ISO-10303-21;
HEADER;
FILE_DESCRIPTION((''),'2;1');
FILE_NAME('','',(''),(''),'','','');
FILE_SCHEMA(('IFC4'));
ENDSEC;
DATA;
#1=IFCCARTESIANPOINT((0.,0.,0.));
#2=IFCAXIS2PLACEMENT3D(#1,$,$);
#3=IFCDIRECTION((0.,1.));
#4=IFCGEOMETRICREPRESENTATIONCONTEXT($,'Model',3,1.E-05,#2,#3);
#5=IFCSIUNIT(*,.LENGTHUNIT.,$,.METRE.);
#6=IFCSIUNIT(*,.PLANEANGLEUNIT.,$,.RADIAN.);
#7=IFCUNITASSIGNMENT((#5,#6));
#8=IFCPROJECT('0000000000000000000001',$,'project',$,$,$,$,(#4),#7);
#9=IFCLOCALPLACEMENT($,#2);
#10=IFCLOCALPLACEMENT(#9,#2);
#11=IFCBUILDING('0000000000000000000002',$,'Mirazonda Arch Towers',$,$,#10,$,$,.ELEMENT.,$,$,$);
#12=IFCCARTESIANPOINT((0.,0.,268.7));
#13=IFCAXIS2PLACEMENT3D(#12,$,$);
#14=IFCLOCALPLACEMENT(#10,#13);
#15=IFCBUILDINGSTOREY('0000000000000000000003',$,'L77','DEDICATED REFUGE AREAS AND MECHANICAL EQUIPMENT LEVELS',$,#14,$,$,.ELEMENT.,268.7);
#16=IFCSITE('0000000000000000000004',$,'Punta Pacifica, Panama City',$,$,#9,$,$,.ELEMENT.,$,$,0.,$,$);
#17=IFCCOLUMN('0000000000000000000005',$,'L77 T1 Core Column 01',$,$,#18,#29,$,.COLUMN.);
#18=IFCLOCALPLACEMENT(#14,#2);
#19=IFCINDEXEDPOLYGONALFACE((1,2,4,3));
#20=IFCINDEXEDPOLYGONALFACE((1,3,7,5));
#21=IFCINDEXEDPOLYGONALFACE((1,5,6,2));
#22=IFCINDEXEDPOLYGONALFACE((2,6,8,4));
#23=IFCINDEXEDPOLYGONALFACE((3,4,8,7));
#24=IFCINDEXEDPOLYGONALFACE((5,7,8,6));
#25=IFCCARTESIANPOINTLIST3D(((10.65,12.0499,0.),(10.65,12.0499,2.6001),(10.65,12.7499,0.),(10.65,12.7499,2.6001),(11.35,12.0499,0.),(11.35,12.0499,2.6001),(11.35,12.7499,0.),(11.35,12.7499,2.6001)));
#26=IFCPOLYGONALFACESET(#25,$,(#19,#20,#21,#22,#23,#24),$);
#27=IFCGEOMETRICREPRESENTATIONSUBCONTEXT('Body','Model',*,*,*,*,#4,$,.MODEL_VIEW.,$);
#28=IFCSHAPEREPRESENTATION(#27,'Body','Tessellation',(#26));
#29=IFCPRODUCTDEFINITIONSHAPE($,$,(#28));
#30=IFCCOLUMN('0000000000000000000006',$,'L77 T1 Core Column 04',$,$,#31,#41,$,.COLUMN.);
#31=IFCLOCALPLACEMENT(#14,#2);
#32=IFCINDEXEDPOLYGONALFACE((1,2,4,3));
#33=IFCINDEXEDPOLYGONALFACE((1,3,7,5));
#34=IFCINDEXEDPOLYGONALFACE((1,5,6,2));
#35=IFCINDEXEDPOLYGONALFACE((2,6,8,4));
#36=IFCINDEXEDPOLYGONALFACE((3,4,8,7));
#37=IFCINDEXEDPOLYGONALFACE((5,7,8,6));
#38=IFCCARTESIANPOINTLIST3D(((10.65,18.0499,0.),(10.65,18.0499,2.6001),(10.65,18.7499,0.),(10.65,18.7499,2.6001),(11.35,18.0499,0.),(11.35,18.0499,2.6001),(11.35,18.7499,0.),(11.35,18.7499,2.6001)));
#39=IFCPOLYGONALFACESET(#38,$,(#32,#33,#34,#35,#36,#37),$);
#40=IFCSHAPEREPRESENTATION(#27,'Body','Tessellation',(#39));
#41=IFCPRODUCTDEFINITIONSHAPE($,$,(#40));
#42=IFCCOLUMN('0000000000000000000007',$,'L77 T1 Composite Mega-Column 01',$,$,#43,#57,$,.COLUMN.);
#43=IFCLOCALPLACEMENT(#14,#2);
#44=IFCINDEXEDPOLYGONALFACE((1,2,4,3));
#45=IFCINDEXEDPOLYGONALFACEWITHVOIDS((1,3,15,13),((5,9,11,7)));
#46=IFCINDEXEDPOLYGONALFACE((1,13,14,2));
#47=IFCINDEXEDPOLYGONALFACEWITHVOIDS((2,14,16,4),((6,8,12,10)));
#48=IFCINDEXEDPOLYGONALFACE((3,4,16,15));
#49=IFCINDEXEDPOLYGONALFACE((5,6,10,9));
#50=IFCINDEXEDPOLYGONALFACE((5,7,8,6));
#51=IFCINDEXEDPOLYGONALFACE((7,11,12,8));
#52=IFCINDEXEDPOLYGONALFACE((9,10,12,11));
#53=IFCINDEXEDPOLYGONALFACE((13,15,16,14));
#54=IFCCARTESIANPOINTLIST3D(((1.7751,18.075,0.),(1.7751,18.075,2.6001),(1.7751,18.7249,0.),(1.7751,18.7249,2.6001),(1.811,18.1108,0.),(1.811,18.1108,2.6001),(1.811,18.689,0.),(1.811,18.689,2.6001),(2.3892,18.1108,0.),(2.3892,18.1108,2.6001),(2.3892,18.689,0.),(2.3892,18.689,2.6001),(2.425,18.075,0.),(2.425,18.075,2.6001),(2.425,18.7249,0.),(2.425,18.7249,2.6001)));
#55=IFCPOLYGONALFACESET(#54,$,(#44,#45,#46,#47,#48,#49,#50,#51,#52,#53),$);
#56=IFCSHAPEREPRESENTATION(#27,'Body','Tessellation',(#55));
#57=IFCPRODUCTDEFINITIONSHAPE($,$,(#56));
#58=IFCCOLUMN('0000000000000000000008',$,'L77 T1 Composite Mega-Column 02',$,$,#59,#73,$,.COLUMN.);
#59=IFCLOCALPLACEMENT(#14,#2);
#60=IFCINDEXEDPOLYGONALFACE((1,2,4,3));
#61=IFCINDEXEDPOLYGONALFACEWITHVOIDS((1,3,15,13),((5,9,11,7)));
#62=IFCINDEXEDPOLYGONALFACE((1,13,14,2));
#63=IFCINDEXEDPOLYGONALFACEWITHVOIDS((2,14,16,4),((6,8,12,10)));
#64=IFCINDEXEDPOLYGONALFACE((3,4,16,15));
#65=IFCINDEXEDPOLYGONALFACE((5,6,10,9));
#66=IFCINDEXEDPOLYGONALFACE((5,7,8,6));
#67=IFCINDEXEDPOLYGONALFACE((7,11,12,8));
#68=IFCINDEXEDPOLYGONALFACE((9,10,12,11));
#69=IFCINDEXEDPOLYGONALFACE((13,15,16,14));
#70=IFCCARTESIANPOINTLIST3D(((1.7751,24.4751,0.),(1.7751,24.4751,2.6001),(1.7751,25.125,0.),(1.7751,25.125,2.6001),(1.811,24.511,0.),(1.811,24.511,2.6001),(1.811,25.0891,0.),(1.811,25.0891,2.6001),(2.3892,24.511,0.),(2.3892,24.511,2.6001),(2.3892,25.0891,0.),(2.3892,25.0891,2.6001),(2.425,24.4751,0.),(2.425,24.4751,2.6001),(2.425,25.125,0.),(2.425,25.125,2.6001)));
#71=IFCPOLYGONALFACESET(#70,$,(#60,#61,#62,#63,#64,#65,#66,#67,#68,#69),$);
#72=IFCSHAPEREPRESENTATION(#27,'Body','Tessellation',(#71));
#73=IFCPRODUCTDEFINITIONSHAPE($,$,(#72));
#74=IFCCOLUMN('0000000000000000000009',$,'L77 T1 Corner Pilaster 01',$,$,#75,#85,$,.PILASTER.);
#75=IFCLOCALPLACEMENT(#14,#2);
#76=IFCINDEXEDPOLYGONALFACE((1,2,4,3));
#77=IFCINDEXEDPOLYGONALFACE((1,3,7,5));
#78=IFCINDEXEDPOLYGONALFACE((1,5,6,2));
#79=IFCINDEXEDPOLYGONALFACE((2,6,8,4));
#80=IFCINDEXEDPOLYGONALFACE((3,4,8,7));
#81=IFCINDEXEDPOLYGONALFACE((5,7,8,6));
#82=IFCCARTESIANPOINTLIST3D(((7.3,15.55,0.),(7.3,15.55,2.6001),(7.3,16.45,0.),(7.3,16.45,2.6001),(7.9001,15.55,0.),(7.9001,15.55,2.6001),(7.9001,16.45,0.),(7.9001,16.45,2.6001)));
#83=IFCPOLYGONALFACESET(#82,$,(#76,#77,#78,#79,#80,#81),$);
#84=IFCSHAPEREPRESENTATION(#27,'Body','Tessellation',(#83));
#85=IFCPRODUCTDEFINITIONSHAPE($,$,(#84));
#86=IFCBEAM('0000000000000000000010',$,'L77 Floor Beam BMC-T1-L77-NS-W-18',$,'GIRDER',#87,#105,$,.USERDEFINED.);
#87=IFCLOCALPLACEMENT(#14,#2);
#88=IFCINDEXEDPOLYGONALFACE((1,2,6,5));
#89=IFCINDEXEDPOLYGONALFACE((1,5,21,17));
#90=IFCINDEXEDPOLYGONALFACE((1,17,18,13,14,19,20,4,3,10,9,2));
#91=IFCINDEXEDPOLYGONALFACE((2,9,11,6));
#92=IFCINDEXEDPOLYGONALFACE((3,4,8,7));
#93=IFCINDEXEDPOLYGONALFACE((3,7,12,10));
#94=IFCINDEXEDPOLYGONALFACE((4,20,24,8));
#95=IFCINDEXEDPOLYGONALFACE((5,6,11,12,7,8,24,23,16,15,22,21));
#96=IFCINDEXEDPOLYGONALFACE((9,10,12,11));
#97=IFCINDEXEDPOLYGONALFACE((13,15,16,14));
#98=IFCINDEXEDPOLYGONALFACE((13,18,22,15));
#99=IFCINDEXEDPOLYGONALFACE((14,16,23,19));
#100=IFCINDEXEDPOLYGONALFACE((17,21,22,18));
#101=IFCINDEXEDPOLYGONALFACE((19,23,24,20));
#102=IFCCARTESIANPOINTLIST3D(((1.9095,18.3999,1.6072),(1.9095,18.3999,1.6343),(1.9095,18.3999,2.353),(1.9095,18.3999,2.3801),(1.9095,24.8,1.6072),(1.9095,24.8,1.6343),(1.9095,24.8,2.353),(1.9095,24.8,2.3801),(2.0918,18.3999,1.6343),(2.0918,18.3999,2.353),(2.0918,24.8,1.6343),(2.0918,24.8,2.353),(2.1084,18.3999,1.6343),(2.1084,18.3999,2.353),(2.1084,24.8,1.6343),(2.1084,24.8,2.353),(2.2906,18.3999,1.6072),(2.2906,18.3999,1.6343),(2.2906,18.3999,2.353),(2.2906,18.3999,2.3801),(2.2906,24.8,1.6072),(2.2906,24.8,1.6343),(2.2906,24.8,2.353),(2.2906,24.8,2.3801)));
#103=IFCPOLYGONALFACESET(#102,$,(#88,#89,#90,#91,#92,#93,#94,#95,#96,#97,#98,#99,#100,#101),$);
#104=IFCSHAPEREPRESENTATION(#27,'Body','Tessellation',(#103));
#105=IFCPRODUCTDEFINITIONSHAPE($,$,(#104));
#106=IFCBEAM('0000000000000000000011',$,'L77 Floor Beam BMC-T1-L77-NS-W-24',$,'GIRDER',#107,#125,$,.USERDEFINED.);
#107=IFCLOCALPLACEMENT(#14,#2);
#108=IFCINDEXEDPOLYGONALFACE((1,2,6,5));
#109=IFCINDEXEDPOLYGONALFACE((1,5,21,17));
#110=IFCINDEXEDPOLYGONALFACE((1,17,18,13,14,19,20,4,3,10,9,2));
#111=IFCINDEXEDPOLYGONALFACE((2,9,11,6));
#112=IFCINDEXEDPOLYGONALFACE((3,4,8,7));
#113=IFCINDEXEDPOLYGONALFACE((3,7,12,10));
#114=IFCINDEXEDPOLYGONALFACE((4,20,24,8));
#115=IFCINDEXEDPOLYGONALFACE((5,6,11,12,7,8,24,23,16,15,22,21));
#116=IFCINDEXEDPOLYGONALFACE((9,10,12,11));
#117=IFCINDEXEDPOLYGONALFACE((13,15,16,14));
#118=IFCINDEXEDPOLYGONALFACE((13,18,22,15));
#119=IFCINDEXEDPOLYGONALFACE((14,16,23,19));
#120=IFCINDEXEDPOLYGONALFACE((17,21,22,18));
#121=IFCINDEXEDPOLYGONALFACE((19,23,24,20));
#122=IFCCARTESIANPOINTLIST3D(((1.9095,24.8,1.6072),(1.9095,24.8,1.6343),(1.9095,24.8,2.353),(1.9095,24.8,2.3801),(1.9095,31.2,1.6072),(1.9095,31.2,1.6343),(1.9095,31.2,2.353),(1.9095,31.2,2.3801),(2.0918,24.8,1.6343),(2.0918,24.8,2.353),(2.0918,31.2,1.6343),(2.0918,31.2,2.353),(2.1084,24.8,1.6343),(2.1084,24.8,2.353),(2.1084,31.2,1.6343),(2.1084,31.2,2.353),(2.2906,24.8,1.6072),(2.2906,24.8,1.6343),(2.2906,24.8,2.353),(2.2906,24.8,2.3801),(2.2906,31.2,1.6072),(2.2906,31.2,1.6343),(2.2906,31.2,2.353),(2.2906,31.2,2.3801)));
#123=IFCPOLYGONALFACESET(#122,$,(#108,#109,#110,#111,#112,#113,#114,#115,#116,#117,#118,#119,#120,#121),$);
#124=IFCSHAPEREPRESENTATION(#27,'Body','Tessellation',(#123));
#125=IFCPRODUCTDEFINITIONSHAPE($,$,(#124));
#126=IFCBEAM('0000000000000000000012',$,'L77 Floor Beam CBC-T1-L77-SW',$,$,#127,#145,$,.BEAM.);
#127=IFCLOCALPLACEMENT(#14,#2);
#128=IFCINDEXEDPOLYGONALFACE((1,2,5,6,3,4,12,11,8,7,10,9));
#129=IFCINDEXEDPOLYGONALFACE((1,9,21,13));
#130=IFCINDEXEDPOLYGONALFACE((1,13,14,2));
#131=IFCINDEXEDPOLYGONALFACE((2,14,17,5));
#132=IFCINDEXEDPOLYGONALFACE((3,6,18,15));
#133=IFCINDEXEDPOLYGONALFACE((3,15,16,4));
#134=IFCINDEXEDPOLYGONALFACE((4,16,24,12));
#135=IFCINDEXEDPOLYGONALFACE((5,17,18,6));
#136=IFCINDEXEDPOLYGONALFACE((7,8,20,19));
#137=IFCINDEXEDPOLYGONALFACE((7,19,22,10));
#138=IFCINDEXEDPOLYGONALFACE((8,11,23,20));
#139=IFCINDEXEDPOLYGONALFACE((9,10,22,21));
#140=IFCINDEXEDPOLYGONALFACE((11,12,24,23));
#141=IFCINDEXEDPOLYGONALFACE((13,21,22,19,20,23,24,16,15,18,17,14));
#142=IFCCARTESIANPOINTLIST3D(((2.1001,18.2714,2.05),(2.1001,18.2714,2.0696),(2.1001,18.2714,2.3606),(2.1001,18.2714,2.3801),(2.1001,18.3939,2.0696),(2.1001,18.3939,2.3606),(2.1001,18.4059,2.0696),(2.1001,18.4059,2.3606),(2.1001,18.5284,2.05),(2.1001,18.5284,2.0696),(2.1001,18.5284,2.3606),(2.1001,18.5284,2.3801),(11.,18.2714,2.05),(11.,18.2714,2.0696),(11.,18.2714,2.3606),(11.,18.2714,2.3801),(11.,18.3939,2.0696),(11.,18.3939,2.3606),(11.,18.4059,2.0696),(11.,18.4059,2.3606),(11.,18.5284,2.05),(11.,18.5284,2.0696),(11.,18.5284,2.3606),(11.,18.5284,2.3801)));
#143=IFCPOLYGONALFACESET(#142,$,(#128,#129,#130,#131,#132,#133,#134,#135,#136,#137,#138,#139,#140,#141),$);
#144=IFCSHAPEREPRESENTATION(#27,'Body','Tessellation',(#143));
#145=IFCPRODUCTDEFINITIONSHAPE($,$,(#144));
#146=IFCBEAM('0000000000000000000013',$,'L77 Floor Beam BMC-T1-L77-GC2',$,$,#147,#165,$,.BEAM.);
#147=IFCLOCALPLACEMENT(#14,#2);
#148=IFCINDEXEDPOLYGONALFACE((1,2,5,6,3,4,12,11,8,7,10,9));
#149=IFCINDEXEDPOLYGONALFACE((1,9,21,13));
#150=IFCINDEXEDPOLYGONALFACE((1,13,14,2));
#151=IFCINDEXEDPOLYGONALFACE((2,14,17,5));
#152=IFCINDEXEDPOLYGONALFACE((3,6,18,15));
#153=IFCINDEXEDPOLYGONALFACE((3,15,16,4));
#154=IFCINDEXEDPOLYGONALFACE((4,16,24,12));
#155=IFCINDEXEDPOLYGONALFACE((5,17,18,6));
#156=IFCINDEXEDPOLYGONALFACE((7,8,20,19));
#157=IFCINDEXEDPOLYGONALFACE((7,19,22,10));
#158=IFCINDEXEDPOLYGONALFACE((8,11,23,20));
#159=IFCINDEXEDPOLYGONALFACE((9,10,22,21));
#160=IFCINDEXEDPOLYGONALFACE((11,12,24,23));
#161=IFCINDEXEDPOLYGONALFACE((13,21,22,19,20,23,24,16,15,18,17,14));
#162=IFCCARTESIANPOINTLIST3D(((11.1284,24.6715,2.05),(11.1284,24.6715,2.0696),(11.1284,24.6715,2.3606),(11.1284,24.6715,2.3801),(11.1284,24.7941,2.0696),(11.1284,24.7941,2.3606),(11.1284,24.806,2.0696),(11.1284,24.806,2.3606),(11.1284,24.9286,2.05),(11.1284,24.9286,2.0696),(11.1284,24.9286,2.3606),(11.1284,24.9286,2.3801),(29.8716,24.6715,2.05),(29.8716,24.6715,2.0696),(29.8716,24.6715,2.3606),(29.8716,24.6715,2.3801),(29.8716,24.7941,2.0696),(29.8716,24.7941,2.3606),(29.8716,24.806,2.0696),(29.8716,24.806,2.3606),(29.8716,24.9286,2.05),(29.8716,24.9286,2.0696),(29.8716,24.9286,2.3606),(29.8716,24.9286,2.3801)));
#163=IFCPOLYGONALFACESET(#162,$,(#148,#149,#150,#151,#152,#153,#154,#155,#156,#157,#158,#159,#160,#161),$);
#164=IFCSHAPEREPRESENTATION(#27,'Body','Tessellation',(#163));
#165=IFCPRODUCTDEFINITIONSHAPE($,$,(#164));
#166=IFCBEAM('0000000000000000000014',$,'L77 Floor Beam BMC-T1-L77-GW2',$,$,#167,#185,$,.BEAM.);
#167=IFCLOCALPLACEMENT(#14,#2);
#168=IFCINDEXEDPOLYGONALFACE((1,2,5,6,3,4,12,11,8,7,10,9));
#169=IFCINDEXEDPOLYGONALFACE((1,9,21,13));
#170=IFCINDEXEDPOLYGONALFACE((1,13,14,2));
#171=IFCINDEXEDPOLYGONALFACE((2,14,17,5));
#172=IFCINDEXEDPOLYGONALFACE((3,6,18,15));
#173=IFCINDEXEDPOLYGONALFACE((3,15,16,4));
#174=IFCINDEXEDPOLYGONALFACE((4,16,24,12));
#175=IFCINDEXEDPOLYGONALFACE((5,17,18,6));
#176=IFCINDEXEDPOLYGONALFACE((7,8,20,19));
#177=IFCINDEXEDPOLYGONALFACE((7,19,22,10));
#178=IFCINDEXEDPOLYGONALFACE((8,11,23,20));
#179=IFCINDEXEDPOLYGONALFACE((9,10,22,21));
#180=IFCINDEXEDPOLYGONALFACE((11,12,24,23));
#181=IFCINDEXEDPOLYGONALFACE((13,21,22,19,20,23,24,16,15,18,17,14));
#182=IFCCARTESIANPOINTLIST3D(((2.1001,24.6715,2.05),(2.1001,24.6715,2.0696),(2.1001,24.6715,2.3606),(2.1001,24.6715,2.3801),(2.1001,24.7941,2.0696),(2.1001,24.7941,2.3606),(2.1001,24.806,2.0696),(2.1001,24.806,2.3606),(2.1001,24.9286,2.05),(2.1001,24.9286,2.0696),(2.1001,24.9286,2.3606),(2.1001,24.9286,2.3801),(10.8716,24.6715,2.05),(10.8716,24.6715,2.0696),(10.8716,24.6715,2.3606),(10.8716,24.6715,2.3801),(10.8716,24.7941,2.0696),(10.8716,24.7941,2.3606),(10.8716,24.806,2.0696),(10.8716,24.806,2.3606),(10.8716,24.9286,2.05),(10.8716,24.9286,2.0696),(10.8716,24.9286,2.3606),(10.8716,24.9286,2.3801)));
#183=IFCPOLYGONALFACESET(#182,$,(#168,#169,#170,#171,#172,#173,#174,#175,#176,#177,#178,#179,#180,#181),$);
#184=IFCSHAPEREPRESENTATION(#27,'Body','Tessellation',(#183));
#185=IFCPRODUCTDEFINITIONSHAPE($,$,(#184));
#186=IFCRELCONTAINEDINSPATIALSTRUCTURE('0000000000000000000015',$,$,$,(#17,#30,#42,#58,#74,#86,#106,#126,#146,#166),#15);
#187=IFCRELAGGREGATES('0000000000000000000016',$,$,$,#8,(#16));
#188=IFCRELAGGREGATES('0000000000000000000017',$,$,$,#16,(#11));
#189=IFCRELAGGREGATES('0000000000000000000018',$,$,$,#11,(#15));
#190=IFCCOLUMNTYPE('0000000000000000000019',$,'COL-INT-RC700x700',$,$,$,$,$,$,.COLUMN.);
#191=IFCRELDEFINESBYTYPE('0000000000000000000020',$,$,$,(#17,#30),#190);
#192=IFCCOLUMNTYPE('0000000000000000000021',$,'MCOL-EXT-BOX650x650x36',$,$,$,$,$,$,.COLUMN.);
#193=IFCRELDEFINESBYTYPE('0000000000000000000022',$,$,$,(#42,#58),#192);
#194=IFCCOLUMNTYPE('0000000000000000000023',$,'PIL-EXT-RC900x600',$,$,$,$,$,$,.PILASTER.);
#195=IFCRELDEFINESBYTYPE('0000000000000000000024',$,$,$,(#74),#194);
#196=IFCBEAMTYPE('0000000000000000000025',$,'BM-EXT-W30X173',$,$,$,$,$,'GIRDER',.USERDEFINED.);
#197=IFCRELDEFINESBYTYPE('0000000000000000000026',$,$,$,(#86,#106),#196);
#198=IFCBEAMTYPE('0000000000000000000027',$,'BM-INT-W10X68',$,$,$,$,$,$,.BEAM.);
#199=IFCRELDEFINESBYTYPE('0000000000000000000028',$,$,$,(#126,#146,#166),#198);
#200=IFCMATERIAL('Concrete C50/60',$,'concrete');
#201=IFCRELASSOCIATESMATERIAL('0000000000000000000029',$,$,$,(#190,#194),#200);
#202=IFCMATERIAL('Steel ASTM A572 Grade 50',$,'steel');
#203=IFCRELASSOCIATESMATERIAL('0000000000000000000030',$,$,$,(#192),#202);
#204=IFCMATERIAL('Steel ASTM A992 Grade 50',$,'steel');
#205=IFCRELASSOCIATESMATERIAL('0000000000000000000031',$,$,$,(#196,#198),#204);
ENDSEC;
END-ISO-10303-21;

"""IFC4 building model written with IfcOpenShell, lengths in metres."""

from ifc_helpers import new_model, si_unit, direction, frame, origin, origin_2d, place, context, subcontext, project, spatial, rectangle, hollow_rectangle, i_section, extrude, material, material_profile, profile_set, type_object, element, save


model = new_model("IFC4")

# Units and contexts
model_context = context("Model", 3, precision=1e-05, world=origin(), true_north=direction((0.0, 1.0)))
body_context = subcontext(model_context, "Body", "Model", "MODEL_VIEW")
ifc_project = project(units=[si_unit("LENGTHUNIT", "METRE"), si_unit("PLANEANGLEUNIT", "RADIAN")], contexts=[model_context])

# Site, building, storey
site_placement = place(None, origin())
site = spatial("IfcSite", under=ifc_project, at=site_placement, Name="Punta Pacifica, Panama City", CompositionType="ELEMENT", RefElevation=0.0)
building_placement = place(site_placement, origin())
building = spatial("IfcBuilding", under=site, at=building_placement, Name="Mirazonda Arch Towers", CompositionType="ELEMENT")
storey_placement = place(building_placement, frame((0.0, 0.0, 268.7)))
storey = spatial("IfcBuildingStorey", under=building, at=storey_placement, Name="L77", Description="DEDICATED REFUGE AREAS AND MECHANICAL EQUIPMENT LEVELS", CompositionType="ELEMENT", Elevation=268.7)

# Columns
ifc_material_1 = material(Name="Concrete C50/60", Category="concrete")
ifc_material_profile_1 = material_profile(ifc_material_1, rectangle(XDim=0.7, YDim=0.7, at=origin_2d()), Name="RC700x700")
ifc_profile_set_1 = profile_set([ifc_material_profile_1], Name="Concrete C50/60")
column_type_1 = type_object("IfcColumnType", Name="COL-INT-RC700x700", PredefinedType="COLUMN", material=ifc_profile_set_1)
for number, where, z_axis, x_axis, name in (
    (1, (11.0, 12.3999, 0.0), (0.0, 0.0, 1.0), (1.0, 0.0, 0.0), "L77 T1 Core Column 01"),
    (2, (11.0, 18.3999, 0.0), (0.0, 0.0, 1.0), (1.0, 0.0, 0.0), "L77 T1 Core Column 04"),
):
    element("IfcColumn", number, at=place(storey_placement, frame(where, z_axis=z_axis, x_axis=x_axis)), inside=storey, type_object=column_type_1, Name=name, PredefinedType="COLUMN", context=body_context, shape_type="SweptSolid", body=[
        extrude(rectangle(XDim=0.7, YDim=0.7, at=origin_2d()), origin(), (0.0, 0.0, 1.0), 2.6001),
    ])
ifc_material_2 = material(Name="Steel ASTM A572 Grade 50", Category="steel")
ifc_material_profile_2 = material_profile(ifc_material_2, hollow_rectangle(XDim=0.6499, YDim=0.6499, WallThickness=0.0359, at=origin_2d()), Name="BOX650x650x36")
ifc_profile_set_2 = profile_set([ifc_material_profile_2], Name="Steel ASTM A572 Grade 50")
column_type_2 = type_object("IfcColumnType", Name="MCOL-EXT-BOX650x650x36", PredefinedType="COLUMN", material=ifc_profile_set_2)
for number, where, z_axis, x_axis, name in (
    (3, (2.1001, 18.3999, 0.0), (0.0, 0.0, 1.0), (1.0, 0.0, 0.0), "L77 T1 Composite Mega-Column 01"),
    (4, (2.1001, 24.8, 0.0), (0.0, 0.0, 1.0), (1.0, 0.0, 0.0), "L77 T1 Composite Mega-Column 02"),
):
    element("IfcColumn", number, at=place(storey_placement, frame(where, z_axis=z_axis, x_axis=x_axis)), inside=storey, type_object=column_type_2, Name=name, PredefinedType="COLUMN", context=body_context, shape_type="SweptSolid", body=[
        extrude(hollow_rectangle(XDim=0.6499, YDim=0.6499, WallThickness=0.0359, at=origin_2d()), origin(), (0.0, 0.0, 1.0), 2.6001),
    ])
ifc_material_profile_3 = material_profile(ifc_material_1, rectangle(XDim=0.6001, YDim=0.8999, at=origin_2d()), Name="RC900x600")
ifc_profile_set_3 = profile_set([ifc_material_profile_3], Name="Concrete C50/60")
column_type_3 = type_object("IfcColumnType", Name="PIL-EXT-RC900x600", PredefinedType="PILASTER", material=ifc_profile_set_3)
column_placement = place(storey_placement, frame((7.6001, 16.0, 0.0), z_axis=(0.0, 0.0, 1.0), x_axis=(1.0, 0.0, 0.0)))
element("IfcColumn", 5, at=column_placement, inside=storey, type_object=column_type_3, Name="L77 T1 Corner Pilaster 01", PredefinedType="PILASTER", context=body_context, shape_type="SweptSolid", body=[
    extrude(rectangle(XDim=0.6001, YDim=0.8999, at=origin_2d()), origin(), (0.0, 0.0, 1.0), 2.6001),
])

# Beams
ifc_material_3 = material(Name="Steel ASTM A992 Grade 50", Category="steel")
ifc_material_profile_4 = material_profile(ifc_material_3, i_section(OverallWidth=0.3811, OverallDepth=0.7729, WebThickness=0.0166, FlangeThickness=0.0271, at=origin_2d()), Name="W30X173")
ifc_profile_set_4 = profile_set([ifc_material_profile_4], Name="Steel ASTM A992 Grade 50")
beam_type_1 = type_object("IfcBeamType", Name="BM-EXT-W30X173", ElementType="GIRDER", PredefinedType="USERDEFINED", material=ifc_profile_set_4)
beam_1_placement = place(storey_placement, frame((2.1001, 18.3999, 1.9937), z_axis=(0.0, 1.0, 0.0), x_axis=(-1.0, 0.0, 0.0)))
element("IfcBeam", 6, at=beam_1_placement, inside=storey, type_object=beam_type_1, Name="L77 Floor Beam BMC-T1-L77-NS-W-18", ObjectType="GIRDER", PredefinedType="USERDEFINED", context=body_context, shape_type="SweptSolid", body=[
    extrude(i_section(OverallWidth=0.3811, OverallDepth=0.7729, WebThickness=0.0166, FlangeThickness=0.0271, at=origin_2d()), origin(), (0.0, 0.0, 1.0), 6.4001),
])
beam_2_placement = place(storey_placement, frame((2.1001, 24.8, 1.9937), z_axis=(0.0, 1.0, 0.0), x_axis=(-1.0, 0.0, 0.0)))
element("IfcBeam", 7, at=beam_2_placement, inside=storey, type_object=beam_type_1, Name="L77 Floor Beam BMC-T1-L77-NS-W-24", ObjectType="GIRDER", PredefinedType="USERDEFINED", context=body_context, shape_type="SweptSolid", body=[
    extrude(i_section(OverallWidth=0.3811, OverallDepth=0.7729, WebThickness=0.0166, FlangeThickness=0.0271, at=origin_2d()), origin(), (0.0, 0.0, 1.0), 6.3999),
])
ifc_material_profile_5 = material_profile(ifc_material_3, i_section(OverallWidth=0.2571, OverallDepth=0.3301, WebThickness=0.012, FlangeThickness=0.0195, at=origin_2d()), Name="W10X68")
ifc_profile_set_5 = profile_set([ifc_material_profile_5], Name="Steel ASTM A992 Grade 50")
beam_type_2 = type_object("IfcBeamType", Name="BM-INT-W10X68", PredefinedType="BEAM", material=ifc_profile_set_5)
beam_3_placement = place(storey_placement, frame((2.1001, 18.3999, 2.2151), z_axis=(1.0, 0.0, 0.0), x_axis=(0.0, 1.0, 0.0)))
element("IfcBeam", 8, at=beam_3_placement, inside=storey, type_object=beam_type_2, Name="L77 Floor Beam CBC-T1-L77-SW", PredefinedType="BEAM", context=body_context, shape_type="SweptSolid", body=[
    extrude(i_section(OverallWidth=0.2571, OverallDepth=0.3301, WebThickness=0.012, FlangeThickness=0.0195, at=origin_2d()), origin(), (0.0, 0.0, 1.0), 8.8999),
])
beam_4_placement = place(storey_placement, frame((11.1284, 24.8, 2.2151), z_axis=(1.0, 0.0, 0.0), x_axis=(0.0, 1.0, 0.0)))
element("IfcBeam", 9, at=beam_4_placement, inside=storey, type_object=beam_type_2, Name="L77 Floor Beam BMC-T1-L77-GC2", PredefinedType="BEAM", context=body_context, shape_type="SweptSolid", body=[
    extrude(i_section(OverallWidth=0.2571, OverallDepth=0.3301, WebThickness=0.012, FlangeThickness=0.0195, at=origin_2d()), origin(), (0.0, 0.0, 1.0), 18.7432),
])
beam_5_placement = place(storey_placement, frame((2.1001, 24.8, 2.2151), z_axis=(1.0, 0.0, 0.0), x_axis=(0.0, 1.0, 0.0)))
element("IfcBeam", 10, at=beam_5_placement, inside=storey, type_object=beam_type_2, Name="L77 Floor Beam BMC-T1-L77-GW2", PredefinedType="BEAM", context=body_context, shape_type="SweptSolid", body=[
    extrude(i_section(OverallWidth=0.2571, OverallDepth=0.3301, WebThickness=0.012, FlangeThickness=0.0195, at=origin_2d()), origin(), (0.0, 0.0, 1.0), 8.7715),
])

save(model, "model.ifc")
